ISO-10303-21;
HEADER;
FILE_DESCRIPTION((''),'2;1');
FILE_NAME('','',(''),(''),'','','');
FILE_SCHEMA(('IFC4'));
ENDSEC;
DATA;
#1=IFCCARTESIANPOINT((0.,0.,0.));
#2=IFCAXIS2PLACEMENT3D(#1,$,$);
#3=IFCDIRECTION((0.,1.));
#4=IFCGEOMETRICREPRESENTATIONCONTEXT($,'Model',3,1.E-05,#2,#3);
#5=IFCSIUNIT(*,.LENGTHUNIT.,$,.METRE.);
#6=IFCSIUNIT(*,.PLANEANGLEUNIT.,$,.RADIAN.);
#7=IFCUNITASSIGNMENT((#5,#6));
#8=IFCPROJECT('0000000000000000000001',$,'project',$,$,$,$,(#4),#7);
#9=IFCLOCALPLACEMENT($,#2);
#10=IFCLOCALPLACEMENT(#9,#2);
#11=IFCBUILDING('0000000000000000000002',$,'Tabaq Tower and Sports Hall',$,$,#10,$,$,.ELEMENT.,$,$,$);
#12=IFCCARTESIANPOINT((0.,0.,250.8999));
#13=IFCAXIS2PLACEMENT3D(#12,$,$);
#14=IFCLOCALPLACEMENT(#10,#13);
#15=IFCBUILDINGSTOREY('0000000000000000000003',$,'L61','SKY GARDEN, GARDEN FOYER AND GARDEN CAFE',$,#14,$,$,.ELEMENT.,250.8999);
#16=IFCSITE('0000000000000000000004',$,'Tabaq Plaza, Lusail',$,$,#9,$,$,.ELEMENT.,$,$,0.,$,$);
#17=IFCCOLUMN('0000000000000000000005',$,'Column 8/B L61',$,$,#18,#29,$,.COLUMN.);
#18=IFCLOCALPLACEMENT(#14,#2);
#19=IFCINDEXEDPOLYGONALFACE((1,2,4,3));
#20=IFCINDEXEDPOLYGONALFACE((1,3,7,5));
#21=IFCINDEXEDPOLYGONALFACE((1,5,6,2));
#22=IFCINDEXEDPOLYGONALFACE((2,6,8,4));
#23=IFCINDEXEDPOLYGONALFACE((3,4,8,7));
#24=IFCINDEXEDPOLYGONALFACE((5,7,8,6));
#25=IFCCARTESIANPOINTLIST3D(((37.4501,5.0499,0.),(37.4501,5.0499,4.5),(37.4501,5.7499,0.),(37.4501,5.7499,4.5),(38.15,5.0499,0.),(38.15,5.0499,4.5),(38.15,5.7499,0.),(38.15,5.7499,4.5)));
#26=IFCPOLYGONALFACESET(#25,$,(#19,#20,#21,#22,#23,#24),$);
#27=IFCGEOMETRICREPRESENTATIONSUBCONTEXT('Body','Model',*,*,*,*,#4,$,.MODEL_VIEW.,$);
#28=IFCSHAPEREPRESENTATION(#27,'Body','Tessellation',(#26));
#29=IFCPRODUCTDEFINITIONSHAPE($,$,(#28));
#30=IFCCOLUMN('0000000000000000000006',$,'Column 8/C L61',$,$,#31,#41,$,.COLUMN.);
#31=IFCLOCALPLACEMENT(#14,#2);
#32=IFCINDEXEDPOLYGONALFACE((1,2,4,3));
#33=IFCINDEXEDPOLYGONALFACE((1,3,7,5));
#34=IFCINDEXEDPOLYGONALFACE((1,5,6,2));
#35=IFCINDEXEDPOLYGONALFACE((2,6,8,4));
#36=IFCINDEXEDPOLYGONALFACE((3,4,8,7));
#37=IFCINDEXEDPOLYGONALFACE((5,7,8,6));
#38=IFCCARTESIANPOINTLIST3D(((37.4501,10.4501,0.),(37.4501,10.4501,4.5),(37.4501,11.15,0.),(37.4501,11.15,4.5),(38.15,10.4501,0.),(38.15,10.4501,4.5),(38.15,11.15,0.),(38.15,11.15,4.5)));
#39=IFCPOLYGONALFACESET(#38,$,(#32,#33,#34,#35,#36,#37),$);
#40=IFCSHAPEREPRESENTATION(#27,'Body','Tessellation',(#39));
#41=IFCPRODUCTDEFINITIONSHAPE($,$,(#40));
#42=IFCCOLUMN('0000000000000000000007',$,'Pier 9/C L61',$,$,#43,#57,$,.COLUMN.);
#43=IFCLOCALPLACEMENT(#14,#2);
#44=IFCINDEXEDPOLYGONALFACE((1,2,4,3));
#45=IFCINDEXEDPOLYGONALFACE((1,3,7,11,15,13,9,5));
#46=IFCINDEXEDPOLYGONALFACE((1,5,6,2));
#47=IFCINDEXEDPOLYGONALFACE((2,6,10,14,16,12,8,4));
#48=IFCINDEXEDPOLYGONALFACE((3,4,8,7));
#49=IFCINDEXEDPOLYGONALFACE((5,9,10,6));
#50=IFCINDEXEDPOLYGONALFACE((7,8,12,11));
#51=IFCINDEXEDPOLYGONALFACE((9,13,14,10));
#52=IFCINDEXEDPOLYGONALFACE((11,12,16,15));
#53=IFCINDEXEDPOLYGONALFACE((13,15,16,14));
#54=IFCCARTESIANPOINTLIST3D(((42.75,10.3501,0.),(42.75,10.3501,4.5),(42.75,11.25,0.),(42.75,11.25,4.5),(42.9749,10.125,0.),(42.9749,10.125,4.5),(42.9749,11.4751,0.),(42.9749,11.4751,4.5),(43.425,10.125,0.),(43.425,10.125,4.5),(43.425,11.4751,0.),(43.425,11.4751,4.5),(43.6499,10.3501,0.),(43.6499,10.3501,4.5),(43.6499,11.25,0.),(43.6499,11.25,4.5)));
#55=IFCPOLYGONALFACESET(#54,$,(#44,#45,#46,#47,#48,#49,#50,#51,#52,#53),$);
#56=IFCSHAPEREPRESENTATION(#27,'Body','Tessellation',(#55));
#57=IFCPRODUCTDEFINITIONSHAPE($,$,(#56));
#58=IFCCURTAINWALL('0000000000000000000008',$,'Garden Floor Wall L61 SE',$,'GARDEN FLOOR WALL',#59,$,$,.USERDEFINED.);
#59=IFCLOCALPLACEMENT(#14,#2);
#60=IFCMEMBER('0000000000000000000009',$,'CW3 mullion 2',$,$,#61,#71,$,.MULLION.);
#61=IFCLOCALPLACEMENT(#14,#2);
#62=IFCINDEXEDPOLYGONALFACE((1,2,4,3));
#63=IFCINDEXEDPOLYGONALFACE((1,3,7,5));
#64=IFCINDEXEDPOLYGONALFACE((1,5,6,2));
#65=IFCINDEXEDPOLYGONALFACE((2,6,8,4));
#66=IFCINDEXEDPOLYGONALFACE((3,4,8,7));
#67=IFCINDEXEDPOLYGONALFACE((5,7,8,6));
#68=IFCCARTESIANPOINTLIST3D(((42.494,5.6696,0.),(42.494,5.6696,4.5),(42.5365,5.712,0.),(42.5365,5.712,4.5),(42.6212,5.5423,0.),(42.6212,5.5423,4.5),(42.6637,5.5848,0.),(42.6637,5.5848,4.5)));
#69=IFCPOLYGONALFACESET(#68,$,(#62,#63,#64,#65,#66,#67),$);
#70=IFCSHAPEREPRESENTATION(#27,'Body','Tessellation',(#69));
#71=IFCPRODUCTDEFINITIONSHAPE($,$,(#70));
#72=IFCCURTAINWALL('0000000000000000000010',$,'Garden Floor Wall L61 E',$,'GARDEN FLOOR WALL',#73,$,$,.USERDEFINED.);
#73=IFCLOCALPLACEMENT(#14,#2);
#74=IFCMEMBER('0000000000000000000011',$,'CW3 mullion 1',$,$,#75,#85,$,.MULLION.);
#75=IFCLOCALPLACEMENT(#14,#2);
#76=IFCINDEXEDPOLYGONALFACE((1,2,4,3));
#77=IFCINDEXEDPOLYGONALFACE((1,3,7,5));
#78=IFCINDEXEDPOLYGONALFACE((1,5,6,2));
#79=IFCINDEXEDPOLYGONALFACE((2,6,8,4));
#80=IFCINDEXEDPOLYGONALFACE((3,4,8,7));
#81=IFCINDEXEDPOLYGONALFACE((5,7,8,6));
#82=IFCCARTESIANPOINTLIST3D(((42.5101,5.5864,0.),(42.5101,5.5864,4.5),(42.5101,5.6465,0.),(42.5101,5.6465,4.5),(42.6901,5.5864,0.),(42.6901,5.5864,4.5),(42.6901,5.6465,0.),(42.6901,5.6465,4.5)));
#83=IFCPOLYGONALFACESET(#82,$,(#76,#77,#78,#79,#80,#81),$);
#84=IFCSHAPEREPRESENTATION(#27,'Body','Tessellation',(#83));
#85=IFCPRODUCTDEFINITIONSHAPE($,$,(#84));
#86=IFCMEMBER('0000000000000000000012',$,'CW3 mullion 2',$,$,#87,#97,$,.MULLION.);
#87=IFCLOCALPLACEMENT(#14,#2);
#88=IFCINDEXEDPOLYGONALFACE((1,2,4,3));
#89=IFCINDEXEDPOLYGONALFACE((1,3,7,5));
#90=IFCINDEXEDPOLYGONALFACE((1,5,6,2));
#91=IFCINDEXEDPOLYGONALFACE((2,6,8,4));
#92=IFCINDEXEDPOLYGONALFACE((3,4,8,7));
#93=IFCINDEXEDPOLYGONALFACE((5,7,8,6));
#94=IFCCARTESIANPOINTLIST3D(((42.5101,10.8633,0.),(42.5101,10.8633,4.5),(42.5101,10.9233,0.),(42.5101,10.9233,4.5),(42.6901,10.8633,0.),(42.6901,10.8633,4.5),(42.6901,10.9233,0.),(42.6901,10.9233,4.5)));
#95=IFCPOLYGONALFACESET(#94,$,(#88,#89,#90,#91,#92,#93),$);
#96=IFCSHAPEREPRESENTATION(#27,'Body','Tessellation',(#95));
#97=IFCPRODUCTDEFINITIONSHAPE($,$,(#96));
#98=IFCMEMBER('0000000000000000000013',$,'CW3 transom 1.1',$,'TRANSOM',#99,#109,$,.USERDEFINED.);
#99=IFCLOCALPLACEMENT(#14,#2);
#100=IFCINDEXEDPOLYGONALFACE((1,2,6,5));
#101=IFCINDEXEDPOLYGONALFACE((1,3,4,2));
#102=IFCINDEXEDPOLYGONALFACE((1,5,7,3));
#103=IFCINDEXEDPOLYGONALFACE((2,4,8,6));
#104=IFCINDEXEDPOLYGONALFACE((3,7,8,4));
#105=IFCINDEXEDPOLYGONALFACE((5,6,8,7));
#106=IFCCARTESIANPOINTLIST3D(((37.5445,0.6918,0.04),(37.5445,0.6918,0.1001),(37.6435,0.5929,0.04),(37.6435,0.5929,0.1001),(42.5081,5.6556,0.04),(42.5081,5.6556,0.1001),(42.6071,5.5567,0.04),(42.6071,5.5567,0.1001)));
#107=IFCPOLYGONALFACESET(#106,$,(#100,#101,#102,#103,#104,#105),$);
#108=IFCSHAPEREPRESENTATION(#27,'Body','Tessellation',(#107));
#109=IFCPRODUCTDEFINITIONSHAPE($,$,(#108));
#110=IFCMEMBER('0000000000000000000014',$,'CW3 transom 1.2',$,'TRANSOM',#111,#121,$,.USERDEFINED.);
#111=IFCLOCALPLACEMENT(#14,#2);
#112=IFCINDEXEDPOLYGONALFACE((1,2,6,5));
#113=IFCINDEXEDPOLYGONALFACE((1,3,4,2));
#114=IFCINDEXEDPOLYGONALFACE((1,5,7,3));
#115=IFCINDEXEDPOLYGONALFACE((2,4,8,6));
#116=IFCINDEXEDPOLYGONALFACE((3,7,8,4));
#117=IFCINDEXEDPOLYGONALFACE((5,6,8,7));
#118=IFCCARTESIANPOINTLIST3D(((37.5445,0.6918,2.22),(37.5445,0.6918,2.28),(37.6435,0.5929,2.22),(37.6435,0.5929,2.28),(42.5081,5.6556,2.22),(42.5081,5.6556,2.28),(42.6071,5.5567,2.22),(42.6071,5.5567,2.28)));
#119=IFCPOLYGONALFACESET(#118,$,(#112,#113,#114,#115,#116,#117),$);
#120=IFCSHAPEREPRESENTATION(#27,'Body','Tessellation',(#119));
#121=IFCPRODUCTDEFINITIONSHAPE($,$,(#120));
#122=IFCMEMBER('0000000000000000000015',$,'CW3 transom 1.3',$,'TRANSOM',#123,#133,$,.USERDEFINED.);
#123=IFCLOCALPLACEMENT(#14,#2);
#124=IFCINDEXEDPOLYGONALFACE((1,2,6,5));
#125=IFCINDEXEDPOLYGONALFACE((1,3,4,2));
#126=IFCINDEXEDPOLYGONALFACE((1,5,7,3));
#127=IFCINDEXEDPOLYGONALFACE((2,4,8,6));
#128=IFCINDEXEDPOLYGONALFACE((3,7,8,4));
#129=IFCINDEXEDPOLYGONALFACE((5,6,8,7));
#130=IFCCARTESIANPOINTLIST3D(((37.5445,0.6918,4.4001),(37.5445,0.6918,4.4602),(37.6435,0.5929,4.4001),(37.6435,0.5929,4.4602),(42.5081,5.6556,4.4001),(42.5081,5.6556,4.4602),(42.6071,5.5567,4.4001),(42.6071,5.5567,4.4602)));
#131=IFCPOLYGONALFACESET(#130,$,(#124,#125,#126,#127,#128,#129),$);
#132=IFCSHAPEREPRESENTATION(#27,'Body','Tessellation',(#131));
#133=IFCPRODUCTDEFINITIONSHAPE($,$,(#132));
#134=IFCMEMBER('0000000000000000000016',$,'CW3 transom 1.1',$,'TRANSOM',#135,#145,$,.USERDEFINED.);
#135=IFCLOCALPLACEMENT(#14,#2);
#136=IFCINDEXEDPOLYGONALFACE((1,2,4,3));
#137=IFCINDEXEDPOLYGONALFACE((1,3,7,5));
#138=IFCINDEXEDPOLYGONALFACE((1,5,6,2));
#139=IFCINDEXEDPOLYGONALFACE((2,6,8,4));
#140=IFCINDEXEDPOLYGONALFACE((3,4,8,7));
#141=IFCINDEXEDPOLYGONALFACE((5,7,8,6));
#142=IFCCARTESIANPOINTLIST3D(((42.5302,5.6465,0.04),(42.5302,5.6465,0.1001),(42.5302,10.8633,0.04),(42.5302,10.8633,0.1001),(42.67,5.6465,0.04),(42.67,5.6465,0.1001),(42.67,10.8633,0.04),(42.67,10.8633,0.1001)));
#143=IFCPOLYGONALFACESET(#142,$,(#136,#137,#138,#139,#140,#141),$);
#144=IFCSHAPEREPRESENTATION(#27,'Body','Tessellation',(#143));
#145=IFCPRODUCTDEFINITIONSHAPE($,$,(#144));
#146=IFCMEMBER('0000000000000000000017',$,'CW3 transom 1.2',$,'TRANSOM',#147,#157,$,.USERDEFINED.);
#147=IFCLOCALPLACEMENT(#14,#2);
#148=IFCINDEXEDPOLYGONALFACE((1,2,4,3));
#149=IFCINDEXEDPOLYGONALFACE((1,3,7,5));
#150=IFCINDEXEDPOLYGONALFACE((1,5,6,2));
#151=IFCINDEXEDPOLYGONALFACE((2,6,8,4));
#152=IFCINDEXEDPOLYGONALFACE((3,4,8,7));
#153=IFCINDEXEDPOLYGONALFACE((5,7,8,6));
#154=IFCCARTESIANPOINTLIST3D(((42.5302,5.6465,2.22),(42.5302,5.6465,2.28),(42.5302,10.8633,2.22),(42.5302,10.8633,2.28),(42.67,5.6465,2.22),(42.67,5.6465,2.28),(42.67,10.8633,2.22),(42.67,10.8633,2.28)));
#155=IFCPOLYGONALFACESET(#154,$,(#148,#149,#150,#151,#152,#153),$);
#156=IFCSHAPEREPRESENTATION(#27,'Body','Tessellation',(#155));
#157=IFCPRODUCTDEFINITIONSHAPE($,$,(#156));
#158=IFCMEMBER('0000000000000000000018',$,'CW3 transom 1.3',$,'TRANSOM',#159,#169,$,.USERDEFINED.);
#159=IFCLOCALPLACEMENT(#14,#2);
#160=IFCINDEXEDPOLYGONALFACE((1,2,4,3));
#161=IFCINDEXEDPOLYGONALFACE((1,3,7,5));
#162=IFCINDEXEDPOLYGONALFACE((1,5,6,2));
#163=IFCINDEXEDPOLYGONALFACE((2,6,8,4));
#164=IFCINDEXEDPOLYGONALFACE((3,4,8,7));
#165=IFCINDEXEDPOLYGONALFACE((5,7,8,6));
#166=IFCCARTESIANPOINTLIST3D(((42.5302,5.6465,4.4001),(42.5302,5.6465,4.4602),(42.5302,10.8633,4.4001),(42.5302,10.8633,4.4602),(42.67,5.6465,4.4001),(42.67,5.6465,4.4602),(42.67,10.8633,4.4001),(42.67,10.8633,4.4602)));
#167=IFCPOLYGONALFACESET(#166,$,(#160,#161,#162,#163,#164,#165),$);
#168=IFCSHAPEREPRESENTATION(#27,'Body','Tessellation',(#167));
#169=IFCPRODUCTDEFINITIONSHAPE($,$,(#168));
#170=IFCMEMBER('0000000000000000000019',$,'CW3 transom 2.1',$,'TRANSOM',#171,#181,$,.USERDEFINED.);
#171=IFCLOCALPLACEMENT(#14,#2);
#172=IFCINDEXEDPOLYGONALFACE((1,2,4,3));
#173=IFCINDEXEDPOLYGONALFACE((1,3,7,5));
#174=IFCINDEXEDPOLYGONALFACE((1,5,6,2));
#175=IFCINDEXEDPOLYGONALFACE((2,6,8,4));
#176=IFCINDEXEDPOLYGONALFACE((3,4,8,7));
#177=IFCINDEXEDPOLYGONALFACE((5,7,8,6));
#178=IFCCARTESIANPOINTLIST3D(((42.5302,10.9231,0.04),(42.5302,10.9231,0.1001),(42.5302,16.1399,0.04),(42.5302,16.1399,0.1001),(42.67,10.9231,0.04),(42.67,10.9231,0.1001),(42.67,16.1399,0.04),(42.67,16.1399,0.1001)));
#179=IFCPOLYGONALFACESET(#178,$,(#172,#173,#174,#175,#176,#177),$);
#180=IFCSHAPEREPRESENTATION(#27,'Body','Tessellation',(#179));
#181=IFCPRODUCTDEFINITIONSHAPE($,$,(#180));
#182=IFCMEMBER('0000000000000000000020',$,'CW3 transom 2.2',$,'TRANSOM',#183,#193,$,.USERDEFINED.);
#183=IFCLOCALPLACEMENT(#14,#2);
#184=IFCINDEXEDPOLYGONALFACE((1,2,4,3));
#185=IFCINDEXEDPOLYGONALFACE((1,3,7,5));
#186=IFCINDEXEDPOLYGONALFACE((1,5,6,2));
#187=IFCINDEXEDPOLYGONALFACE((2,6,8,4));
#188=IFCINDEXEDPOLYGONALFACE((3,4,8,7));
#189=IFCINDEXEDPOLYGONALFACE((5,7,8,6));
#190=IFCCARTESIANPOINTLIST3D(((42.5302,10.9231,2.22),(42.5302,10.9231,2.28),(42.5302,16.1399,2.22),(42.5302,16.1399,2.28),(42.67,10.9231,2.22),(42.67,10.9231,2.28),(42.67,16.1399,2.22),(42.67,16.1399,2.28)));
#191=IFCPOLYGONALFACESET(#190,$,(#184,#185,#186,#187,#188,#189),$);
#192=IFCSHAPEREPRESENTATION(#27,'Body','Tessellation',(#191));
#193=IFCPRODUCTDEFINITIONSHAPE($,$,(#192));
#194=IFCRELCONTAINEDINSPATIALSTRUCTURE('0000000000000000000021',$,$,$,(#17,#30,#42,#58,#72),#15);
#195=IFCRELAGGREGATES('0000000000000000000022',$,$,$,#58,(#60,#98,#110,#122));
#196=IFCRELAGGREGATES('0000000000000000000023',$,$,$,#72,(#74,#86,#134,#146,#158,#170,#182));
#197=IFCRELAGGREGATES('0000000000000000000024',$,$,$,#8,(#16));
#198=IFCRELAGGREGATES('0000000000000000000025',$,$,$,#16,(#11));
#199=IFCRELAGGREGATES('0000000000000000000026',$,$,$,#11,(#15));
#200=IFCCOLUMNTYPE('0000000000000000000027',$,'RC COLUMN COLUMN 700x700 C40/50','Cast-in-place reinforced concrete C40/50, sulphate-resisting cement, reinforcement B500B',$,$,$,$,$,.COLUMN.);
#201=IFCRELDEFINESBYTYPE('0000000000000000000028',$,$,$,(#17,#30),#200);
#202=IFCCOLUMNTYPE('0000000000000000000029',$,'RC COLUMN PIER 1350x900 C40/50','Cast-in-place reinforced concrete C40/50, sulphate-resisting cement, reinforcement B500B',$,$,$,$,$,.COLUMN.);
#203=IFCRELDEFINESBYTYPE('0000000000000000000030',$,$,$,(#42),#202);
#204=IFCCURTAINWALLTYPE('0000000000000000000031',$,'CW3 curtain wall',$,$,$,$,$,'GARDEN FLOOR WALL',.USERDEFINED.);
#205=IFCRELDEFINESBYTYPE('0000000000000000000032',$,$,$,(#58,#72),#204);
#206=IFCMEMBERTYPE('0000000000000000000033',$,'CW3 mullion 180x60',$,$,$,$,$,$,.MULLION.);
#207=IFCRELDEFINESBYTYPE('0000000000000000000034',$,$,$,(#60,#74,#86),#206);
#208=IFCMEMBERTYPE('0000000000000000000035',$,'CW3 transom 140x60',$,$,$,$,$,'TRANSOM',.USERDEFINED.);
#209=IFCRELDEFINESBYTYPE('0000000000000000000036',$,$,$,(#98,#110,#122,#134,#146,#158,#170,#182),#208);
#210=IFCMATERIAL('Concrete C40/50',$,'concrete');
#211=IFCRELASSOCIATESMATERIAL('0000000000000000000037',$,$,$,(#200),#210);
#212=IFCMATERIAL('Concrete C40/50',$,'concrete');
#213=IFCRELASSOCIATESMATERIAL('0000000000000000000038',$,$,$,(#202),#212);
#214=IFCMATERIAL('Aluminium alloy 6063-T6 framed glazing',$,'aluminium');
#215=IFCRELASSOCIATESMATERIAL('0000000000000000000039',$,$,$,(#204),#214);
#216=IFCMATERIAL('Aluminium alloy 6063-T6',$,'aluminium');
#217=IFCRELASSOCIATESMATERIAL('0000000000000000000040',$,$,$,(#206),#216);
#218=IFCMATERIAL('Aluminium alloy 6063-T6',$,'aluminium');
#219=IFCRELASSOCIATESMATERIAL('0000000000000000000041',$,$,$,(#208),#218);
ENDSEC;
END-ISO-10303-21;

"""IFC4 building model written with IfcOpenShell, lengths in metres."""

from ifc_helpers import new_model, si_unit, direction, frame, origin, origin_2d, place, context, subcontext, project, spatial, polyline, rectangle, outline, extrude, material, material_profile, profile_set, type_object, element, aggregate, save


model = new_model("IFC4")

# Units and contexts
model_context = context("Model", 3, precision=1e-05, world=origin(), true_north=direction((0.0, 1.0)))
body_context = subcontext(model_context, "Body", "Model", "MODEL_VIEW")
ifc_project = project(units=[si_unit("LENGTHUNIT", "METRE"), si_unit("PLANEANGLEUNIT", "RADIAN")], contexts=[model_context])

# Site, building, storey
site_placement = place(None, origin())
site = spatial("IfcSite", under=ifc_project, at=site_placement, Name="Tabaq Plaza, Lusail", CompositionType="ELEMENT", RefElevation=0.0)
building_placement = place(site_placement, origin())
building = spatial("IfcBuilding", under=site, at=building_placement, Name="Tabaq Tower and Sports Hall", CompositionType="ELEMENT")
storey_placement = place(building_placement, frame((0.0, 0.0, 250.8999)))
storey = spatial("IfcBuildingStorey", under=building, at=storey_placement, Name="L61", Description="SKY GARDEN, GARDEN FOYER AND GARDEN CAFE", CompositionType="ELEMENT", Elevation=250.8999)

# Columns
ifc_material_1 = material(Name="Concrete C40/50", Category="concrete")
ifc_material_profile_1 = material_profile(ifc_material_1, rectangle(XDim=0.7, YDim=0.7, at=origin_2d()), Name="COLUMN 700x700")
ifc_profile_set_1 = profile_set([ifc_material_profile_1], Name="Concrete C40/50")
column_type_1 = type_object("IfcColumnType", Name="RC COLUMN COLUMN 700x700 C40/50", Description="Cast-in-place reinforced concrete C40/50, sulphate-resisting cement, reinforcement B500B", PredefinedType="COLUMN", material=ifc_profile_set_1)
for number, where, z_axis, x_axis, name in (
    (1, (37.8, 5.3999, 0.0), (0.0, 0.0, 1.0), (1.0, 0.0, 0.0), "Column 8/B L61"),
    (2, (37.8, 10.8, 0.0), (0.0, 0.0, 1.0), (1.0, 0.0, 0.0), "Column 8/C L61"),
):
    element("IfcColumn", number, at=place(storey_placement, frame(where, z_axis=z_axis, x_axis=x_axis)), inside=storey, type_object=column_type_1, Name=name, PredefinedType="COLUMN", context=body_context, shape_type="SweptSolid", body=[
        extrude(rectangle(XDim=0.7, YDim=0.7, at=origin_2d()), origin(), (0.0, 0.0, 1.0), 4.5),
    ])
ifc_material_2 = material(Name="Concrete C40/50", Category="concrete")
ifc_material_profile_2 = material_profile(ifc_material_2, outline(polyline([(-0.45, -0.45), (0.45, -0.45), (0.675, -0.2251), (0.675, 0.2251), (0.45, 0.45), (-0.45, 0.45), (-0.675, 0.2251), (-0.675, -0.2251), (-0.45, -0.45)])), Name="PIER 1350x900")
ifc_profile_set_2 = profile_set([ifc_material_profile_2], Name="Concrete C40/50")
column_type_2 = type_object("IfcColumnType", Name="RC COLUMN PIER 1350x900 C40/50", Description="Cast-in-place reinforced concrete C40/50, sulphate-resisting cement, reinforcement B500B", PredefinedType="COLUMN", material=ifc_profile_set_2)
column_placement = place(storey_placement, frame((43.2, 10.8, 0.0), z_axis=(0.0, 0.0, 1.0), x_axis=(0.0, 1.0, 0.0)))
element("IfcColumn", 3, at=column_placement, inside=storey, type_object=column_type_2, Name="Pier 9/C L61", PredefinedType="COLUMN", context=body_context, shape_type="SweptSolid", body=[
    extrude(outline(polyline([(-0.45, -0.45), (0.45, -0.45), (0.675, -0.2251), (0.675, 0.2251), (0.45, 0.45), (-0.45, 0.45), (-0.675, 0.2251), (-0.675, -0.2251), (-0.45, -0.45)])), origin(), (0.0, 0.0, 1.0), 4.5),
])

# Curtain wall, member
ifc_material_3 = material(Name="Aluminium alloy 6063-T6 framed glazing", Category="aluminium")
curtain_wall_type = type_object("IfcCurtainWallType", Name="CW3 curtain wall", ElementType="GARDEN FLOOR WALL", PredefinedType="USERDEFINED", material=ifc_material_3)
curtain_wall_1_placement = place(storey_placement, origin())
curtain_wall_1 = element("IfcCurtainWall", 4, at=curtain_wall_1_placement, inside=storey, type_object=curtain_wall_type, Name="Garden Floor Wall L61 SE", ObjectType="GARDEN FLOOR WALL", PredefinedType="USERDEFINED")
ifc_material_4 = material(Name="Aluminium alloy 6063-T6", Category="aluminium")
ifc_material_profile_3 = material_profile(ifc_material_4, rectangle(XDim=0.1799, YDim=0.0601, at=origin_2d()), Name="MULLION 180x60")
ifc_profile_set_3 = profile_set([ifc_material_profile_3], Name="Aluminium alloy 6063-T6")
member_type_1 = type_object("IfcMemberType", Name="CW3 mullion 180x60", PredefinedType="MULLION", material=ifc_profile_set_3)
member_1_placement = place(storey_placement, frame((42.5789, 5.6272, 0.0), z_axis=(0.0, 0.0, 1.0), x_axis=(-0.707107, 0.707107, 0.0)))
member_1 = element("IfcMember", 5, at=member_1_placement, type_object=member_type_1, Name="CW3 mullion 2", PredefinedType="MULLION", context=body_context, shape_type="SweptSolid", body=[
    extrude(rectangle(XDim=0.1799, YDim=0.0601, at=origin_2d()), origin(), (0.0, 0.0, 1.0), 4.5),
])

# Curtain wall, members
curtain_wall_2_placement = place(storey_placement, origin())
curtain_wall_2 = element("IfcCurtainWall", 6, at=curtain_wall_2_placement, inside=storey, type_object=curtain_wall_type, Name="Garden Floor Wall L61 E", ObjectType="GARDEN FLOOR WALL", PredefinedType="USERDEFINED")
member_2_placement = place(storey_placement, frame((42.6001, 5.6165, 0.0), z_axis=(0.0, 0.0, 1.0), x_axis=(-1.0, 0.0, 0.0)))
member_2 = element("IfcMember", 7, at=member_2_placement, type_object=member_type_1, Name="CW3 mullion 1", PredefinedType="MULLION", context=body_context, shape_type="SweptSolid", body=[
    extrude(rectangle(XDim=0.1799, YDim=0.0601, at=origin_2d()), origin(), (0.0, 0.0, 1.0), 4.5),
])
member_3_placement = place(storey_placement, frame((42.6001, 10.8933, 0.0), z_axis=(0.0, 0.0, 1.0), x_axis=(-1.0, 0.0, 0.0)))
member_3 = element("IfcMember", 8, at=member_3_placement, type_object=member_type_1, Name="CW3 mullion 2", PredefinedType="MULLION", context=body_context, shape_type="SweptSolid", body=[
    extrude(rectangle(XDim=0.1799, YDim=0.0601, at=origin_2d()), origin(), (0.0, 0.0, 1.0), 4.5),
])

# Members
ifc_material_5 = material(Name="Aluminium alloy 6063-T6", Category="aluminium")
ifc_material_profile_4 = material_profile(ifc_material_5, rectangle(XDim=0.1399, YDim=0.0601, at=origin_2d()), Name="TRANSOM 140x60")
ifc_profile_set_4 = profile_set([ifc_material_profile_4], Name="Aluminium alloy 6063-T6")
member_type_2 = type_object("IfcMemberType", Name="CW3 transom 140x60", ElementType="TRANSOM", PredefinedType="USERDEFINED", material=ifc_profile_set_4)
member_4_placement = place(storey_placement, frame((37.594, 0.6423, 0.0701), z_axis=(0.707089, 0.707124, 0.0), x_axis=(-0.707124, 0.707089, 0.0)))
member_4 = element("IfcMember", 9, at=member_4_placement, type_object=member_type_2, Name="CW3 transom 1.1", ObjectType="TRANSOM", PredefinedType="USERDEFINED", context=body_context, shape_type="SweptSolid", body=[
    extrude(rectangle(XDim=0.1399, YDim=0.0601, at=origin_2d()), origin(), (0.0, 0.0, 1.0), 7.0198),
])
member_5_placement = place(storey_placement, frame((37.594, 0.6423, 2.25), z_axis=(0.707089, 0.707124, 0.0), x_axis=(-0.707124, 0.707089, 0.0)))
member_5 = element("IfcMember", 10, at=member_5_placement, type_object=member_type_2, Name="CW3 transom 1.2", ObjectType="TRANSOM", PredefinedType="USERDEFINED", context=body_context, shape_type="SweptSolid", body=[
    extrude(rectangle(XDim=0.1399, YDim=0.0601, at=origin_2d()), origin(), (0.0, 0.0, 1.0), 7.0198),
])
member_6_placement = place(storey_placement, frame((37.594, 0.6423, 4.4302), z_axis=(0.707089, 0.707124, 0.0), x_axis=(-0.707124, 0.707089, 0.0)))
member_6 = element("IfcMember", 11, at=member_6_placement, type_object=member_type_2, Name="CW3 transom 1.3", ObjectType="TRANSOM", PredefinedType="USERDEFINED", context=body_context, shape_type="SweptSolid", body=[
    extrude(rectangle(XDim=0.1399, YDim=0.0601, at=origin_2d()), origin(), (0.0, 0.0, 1.0), 7.0198),
])
member_7_placement = place(storey_placement, frame((42.6001, 5.6465, 0.0701), z_axis=(0.0, 1.0, 0.0), x_axis=(-1.0, 0.0, 0.0)))
member_7 = element("IfcMember", 12, at=member_7_placement, type_object=member_type_2, Name="CW3 transom 1.1", ObjectType="TRANSOM", PredefinedType="USERDEFINED", context=body_context, shape_type="SweptSolid", body=[
    extrude(rectangle(XDim=0.1399, YDim=0.0601, at=origin_2d()), origin(), (0.0, 0.0, 1.0), 5.2168),
])
member_8_placement = place(storey_placement, frame((42.6001, 5.6465, 2.25), z_axis=(0.0, 1.0, 0.0), x_axis=(-1.0, 0.0, 0.0)))
member_8 = element("IfcMember", 13, at=member_8_placement, type_object=member_type_2, Name="CW3 transom 1.2", ObjectType="TRANSOM", PredefinedType="USERDEFINED", context=body_context, shape_type="SweptSolid", body=[
    extrude(rectangle(XDim=0.1399, YDim=0.0601, at=origin_2d()), origin(), (0.0, 0.0, 1.0), 5.2168),
])
member_9_placement = place(storey_placement, frame((42.6001, 5.6465, 4.4302), z_axis=(0.0, 1.0, 0.0), x_axis=(-1.0, 0.0, 0.0)))
member_9 = element("IfcMember", 14, at=member_9_placement, type_object=member_type_2, Name="CW3 transom 1.3", ObjectType="TRANSOM", PredefinedType="USERDEFINED", context=body_context, shape_type="SweptSolid", body=[
    extrude(rectangle(XDim=0.1399, YDim=0.0601, at=origin_2d()), origin(), (0.0, 0.0, 1.0), 5.2168),
])
member_10_placement = place(storey_placement, frame((42.6001, 10.9231, 0.0701), z_axis=(0.0, 1.0, 0.0), x_axis=(-1.0, 0.0, 0.0)))
member_10 = element("IfcMember", 15, at=member_10_placement, type_object=member_type_2, Name="CW3 transom 2.1", ObjectType="TRANSOM", PredefinedType="USERDEFINED", context=body_context, shape_type="SweptSolid", body=[
    extrude(rectangle(XDim=0.1399, YDim=0.0601, at=origin_2d()), origin(), (0.0, 0.0, 1.0), 5.2168),
])
member_11_placement = place(storey_placement, frame((42.6001, 10.9231, 2.25), z_axis=(0.0, 1.0, 0.0), x_axis=(-1.0, 0.0, 0.0)))
member_11 = element("IfcMember", 16, at=member_11_placement, type_object=member_type_2, Name="CW3 transom 2.2", ObjectType="TRANSOM", PredefinedType="USERDEFINED", context=body_context, shape_type="SweptSolid", body=[
    extrude(rectangle(XDim=0.1399, YDim=0.0601, at=origin_2d()), origin(), (0.0, 0.0, 1.0), 5.2168),
])

aggregate(curtain_wall_1, [member_1, member_4, member_5, member_6])
aggregate(curtain_wall_2, [member_2, member_3, member_7, member_8, member_9, member_10, member_11])

save(model, "model.ifc")
